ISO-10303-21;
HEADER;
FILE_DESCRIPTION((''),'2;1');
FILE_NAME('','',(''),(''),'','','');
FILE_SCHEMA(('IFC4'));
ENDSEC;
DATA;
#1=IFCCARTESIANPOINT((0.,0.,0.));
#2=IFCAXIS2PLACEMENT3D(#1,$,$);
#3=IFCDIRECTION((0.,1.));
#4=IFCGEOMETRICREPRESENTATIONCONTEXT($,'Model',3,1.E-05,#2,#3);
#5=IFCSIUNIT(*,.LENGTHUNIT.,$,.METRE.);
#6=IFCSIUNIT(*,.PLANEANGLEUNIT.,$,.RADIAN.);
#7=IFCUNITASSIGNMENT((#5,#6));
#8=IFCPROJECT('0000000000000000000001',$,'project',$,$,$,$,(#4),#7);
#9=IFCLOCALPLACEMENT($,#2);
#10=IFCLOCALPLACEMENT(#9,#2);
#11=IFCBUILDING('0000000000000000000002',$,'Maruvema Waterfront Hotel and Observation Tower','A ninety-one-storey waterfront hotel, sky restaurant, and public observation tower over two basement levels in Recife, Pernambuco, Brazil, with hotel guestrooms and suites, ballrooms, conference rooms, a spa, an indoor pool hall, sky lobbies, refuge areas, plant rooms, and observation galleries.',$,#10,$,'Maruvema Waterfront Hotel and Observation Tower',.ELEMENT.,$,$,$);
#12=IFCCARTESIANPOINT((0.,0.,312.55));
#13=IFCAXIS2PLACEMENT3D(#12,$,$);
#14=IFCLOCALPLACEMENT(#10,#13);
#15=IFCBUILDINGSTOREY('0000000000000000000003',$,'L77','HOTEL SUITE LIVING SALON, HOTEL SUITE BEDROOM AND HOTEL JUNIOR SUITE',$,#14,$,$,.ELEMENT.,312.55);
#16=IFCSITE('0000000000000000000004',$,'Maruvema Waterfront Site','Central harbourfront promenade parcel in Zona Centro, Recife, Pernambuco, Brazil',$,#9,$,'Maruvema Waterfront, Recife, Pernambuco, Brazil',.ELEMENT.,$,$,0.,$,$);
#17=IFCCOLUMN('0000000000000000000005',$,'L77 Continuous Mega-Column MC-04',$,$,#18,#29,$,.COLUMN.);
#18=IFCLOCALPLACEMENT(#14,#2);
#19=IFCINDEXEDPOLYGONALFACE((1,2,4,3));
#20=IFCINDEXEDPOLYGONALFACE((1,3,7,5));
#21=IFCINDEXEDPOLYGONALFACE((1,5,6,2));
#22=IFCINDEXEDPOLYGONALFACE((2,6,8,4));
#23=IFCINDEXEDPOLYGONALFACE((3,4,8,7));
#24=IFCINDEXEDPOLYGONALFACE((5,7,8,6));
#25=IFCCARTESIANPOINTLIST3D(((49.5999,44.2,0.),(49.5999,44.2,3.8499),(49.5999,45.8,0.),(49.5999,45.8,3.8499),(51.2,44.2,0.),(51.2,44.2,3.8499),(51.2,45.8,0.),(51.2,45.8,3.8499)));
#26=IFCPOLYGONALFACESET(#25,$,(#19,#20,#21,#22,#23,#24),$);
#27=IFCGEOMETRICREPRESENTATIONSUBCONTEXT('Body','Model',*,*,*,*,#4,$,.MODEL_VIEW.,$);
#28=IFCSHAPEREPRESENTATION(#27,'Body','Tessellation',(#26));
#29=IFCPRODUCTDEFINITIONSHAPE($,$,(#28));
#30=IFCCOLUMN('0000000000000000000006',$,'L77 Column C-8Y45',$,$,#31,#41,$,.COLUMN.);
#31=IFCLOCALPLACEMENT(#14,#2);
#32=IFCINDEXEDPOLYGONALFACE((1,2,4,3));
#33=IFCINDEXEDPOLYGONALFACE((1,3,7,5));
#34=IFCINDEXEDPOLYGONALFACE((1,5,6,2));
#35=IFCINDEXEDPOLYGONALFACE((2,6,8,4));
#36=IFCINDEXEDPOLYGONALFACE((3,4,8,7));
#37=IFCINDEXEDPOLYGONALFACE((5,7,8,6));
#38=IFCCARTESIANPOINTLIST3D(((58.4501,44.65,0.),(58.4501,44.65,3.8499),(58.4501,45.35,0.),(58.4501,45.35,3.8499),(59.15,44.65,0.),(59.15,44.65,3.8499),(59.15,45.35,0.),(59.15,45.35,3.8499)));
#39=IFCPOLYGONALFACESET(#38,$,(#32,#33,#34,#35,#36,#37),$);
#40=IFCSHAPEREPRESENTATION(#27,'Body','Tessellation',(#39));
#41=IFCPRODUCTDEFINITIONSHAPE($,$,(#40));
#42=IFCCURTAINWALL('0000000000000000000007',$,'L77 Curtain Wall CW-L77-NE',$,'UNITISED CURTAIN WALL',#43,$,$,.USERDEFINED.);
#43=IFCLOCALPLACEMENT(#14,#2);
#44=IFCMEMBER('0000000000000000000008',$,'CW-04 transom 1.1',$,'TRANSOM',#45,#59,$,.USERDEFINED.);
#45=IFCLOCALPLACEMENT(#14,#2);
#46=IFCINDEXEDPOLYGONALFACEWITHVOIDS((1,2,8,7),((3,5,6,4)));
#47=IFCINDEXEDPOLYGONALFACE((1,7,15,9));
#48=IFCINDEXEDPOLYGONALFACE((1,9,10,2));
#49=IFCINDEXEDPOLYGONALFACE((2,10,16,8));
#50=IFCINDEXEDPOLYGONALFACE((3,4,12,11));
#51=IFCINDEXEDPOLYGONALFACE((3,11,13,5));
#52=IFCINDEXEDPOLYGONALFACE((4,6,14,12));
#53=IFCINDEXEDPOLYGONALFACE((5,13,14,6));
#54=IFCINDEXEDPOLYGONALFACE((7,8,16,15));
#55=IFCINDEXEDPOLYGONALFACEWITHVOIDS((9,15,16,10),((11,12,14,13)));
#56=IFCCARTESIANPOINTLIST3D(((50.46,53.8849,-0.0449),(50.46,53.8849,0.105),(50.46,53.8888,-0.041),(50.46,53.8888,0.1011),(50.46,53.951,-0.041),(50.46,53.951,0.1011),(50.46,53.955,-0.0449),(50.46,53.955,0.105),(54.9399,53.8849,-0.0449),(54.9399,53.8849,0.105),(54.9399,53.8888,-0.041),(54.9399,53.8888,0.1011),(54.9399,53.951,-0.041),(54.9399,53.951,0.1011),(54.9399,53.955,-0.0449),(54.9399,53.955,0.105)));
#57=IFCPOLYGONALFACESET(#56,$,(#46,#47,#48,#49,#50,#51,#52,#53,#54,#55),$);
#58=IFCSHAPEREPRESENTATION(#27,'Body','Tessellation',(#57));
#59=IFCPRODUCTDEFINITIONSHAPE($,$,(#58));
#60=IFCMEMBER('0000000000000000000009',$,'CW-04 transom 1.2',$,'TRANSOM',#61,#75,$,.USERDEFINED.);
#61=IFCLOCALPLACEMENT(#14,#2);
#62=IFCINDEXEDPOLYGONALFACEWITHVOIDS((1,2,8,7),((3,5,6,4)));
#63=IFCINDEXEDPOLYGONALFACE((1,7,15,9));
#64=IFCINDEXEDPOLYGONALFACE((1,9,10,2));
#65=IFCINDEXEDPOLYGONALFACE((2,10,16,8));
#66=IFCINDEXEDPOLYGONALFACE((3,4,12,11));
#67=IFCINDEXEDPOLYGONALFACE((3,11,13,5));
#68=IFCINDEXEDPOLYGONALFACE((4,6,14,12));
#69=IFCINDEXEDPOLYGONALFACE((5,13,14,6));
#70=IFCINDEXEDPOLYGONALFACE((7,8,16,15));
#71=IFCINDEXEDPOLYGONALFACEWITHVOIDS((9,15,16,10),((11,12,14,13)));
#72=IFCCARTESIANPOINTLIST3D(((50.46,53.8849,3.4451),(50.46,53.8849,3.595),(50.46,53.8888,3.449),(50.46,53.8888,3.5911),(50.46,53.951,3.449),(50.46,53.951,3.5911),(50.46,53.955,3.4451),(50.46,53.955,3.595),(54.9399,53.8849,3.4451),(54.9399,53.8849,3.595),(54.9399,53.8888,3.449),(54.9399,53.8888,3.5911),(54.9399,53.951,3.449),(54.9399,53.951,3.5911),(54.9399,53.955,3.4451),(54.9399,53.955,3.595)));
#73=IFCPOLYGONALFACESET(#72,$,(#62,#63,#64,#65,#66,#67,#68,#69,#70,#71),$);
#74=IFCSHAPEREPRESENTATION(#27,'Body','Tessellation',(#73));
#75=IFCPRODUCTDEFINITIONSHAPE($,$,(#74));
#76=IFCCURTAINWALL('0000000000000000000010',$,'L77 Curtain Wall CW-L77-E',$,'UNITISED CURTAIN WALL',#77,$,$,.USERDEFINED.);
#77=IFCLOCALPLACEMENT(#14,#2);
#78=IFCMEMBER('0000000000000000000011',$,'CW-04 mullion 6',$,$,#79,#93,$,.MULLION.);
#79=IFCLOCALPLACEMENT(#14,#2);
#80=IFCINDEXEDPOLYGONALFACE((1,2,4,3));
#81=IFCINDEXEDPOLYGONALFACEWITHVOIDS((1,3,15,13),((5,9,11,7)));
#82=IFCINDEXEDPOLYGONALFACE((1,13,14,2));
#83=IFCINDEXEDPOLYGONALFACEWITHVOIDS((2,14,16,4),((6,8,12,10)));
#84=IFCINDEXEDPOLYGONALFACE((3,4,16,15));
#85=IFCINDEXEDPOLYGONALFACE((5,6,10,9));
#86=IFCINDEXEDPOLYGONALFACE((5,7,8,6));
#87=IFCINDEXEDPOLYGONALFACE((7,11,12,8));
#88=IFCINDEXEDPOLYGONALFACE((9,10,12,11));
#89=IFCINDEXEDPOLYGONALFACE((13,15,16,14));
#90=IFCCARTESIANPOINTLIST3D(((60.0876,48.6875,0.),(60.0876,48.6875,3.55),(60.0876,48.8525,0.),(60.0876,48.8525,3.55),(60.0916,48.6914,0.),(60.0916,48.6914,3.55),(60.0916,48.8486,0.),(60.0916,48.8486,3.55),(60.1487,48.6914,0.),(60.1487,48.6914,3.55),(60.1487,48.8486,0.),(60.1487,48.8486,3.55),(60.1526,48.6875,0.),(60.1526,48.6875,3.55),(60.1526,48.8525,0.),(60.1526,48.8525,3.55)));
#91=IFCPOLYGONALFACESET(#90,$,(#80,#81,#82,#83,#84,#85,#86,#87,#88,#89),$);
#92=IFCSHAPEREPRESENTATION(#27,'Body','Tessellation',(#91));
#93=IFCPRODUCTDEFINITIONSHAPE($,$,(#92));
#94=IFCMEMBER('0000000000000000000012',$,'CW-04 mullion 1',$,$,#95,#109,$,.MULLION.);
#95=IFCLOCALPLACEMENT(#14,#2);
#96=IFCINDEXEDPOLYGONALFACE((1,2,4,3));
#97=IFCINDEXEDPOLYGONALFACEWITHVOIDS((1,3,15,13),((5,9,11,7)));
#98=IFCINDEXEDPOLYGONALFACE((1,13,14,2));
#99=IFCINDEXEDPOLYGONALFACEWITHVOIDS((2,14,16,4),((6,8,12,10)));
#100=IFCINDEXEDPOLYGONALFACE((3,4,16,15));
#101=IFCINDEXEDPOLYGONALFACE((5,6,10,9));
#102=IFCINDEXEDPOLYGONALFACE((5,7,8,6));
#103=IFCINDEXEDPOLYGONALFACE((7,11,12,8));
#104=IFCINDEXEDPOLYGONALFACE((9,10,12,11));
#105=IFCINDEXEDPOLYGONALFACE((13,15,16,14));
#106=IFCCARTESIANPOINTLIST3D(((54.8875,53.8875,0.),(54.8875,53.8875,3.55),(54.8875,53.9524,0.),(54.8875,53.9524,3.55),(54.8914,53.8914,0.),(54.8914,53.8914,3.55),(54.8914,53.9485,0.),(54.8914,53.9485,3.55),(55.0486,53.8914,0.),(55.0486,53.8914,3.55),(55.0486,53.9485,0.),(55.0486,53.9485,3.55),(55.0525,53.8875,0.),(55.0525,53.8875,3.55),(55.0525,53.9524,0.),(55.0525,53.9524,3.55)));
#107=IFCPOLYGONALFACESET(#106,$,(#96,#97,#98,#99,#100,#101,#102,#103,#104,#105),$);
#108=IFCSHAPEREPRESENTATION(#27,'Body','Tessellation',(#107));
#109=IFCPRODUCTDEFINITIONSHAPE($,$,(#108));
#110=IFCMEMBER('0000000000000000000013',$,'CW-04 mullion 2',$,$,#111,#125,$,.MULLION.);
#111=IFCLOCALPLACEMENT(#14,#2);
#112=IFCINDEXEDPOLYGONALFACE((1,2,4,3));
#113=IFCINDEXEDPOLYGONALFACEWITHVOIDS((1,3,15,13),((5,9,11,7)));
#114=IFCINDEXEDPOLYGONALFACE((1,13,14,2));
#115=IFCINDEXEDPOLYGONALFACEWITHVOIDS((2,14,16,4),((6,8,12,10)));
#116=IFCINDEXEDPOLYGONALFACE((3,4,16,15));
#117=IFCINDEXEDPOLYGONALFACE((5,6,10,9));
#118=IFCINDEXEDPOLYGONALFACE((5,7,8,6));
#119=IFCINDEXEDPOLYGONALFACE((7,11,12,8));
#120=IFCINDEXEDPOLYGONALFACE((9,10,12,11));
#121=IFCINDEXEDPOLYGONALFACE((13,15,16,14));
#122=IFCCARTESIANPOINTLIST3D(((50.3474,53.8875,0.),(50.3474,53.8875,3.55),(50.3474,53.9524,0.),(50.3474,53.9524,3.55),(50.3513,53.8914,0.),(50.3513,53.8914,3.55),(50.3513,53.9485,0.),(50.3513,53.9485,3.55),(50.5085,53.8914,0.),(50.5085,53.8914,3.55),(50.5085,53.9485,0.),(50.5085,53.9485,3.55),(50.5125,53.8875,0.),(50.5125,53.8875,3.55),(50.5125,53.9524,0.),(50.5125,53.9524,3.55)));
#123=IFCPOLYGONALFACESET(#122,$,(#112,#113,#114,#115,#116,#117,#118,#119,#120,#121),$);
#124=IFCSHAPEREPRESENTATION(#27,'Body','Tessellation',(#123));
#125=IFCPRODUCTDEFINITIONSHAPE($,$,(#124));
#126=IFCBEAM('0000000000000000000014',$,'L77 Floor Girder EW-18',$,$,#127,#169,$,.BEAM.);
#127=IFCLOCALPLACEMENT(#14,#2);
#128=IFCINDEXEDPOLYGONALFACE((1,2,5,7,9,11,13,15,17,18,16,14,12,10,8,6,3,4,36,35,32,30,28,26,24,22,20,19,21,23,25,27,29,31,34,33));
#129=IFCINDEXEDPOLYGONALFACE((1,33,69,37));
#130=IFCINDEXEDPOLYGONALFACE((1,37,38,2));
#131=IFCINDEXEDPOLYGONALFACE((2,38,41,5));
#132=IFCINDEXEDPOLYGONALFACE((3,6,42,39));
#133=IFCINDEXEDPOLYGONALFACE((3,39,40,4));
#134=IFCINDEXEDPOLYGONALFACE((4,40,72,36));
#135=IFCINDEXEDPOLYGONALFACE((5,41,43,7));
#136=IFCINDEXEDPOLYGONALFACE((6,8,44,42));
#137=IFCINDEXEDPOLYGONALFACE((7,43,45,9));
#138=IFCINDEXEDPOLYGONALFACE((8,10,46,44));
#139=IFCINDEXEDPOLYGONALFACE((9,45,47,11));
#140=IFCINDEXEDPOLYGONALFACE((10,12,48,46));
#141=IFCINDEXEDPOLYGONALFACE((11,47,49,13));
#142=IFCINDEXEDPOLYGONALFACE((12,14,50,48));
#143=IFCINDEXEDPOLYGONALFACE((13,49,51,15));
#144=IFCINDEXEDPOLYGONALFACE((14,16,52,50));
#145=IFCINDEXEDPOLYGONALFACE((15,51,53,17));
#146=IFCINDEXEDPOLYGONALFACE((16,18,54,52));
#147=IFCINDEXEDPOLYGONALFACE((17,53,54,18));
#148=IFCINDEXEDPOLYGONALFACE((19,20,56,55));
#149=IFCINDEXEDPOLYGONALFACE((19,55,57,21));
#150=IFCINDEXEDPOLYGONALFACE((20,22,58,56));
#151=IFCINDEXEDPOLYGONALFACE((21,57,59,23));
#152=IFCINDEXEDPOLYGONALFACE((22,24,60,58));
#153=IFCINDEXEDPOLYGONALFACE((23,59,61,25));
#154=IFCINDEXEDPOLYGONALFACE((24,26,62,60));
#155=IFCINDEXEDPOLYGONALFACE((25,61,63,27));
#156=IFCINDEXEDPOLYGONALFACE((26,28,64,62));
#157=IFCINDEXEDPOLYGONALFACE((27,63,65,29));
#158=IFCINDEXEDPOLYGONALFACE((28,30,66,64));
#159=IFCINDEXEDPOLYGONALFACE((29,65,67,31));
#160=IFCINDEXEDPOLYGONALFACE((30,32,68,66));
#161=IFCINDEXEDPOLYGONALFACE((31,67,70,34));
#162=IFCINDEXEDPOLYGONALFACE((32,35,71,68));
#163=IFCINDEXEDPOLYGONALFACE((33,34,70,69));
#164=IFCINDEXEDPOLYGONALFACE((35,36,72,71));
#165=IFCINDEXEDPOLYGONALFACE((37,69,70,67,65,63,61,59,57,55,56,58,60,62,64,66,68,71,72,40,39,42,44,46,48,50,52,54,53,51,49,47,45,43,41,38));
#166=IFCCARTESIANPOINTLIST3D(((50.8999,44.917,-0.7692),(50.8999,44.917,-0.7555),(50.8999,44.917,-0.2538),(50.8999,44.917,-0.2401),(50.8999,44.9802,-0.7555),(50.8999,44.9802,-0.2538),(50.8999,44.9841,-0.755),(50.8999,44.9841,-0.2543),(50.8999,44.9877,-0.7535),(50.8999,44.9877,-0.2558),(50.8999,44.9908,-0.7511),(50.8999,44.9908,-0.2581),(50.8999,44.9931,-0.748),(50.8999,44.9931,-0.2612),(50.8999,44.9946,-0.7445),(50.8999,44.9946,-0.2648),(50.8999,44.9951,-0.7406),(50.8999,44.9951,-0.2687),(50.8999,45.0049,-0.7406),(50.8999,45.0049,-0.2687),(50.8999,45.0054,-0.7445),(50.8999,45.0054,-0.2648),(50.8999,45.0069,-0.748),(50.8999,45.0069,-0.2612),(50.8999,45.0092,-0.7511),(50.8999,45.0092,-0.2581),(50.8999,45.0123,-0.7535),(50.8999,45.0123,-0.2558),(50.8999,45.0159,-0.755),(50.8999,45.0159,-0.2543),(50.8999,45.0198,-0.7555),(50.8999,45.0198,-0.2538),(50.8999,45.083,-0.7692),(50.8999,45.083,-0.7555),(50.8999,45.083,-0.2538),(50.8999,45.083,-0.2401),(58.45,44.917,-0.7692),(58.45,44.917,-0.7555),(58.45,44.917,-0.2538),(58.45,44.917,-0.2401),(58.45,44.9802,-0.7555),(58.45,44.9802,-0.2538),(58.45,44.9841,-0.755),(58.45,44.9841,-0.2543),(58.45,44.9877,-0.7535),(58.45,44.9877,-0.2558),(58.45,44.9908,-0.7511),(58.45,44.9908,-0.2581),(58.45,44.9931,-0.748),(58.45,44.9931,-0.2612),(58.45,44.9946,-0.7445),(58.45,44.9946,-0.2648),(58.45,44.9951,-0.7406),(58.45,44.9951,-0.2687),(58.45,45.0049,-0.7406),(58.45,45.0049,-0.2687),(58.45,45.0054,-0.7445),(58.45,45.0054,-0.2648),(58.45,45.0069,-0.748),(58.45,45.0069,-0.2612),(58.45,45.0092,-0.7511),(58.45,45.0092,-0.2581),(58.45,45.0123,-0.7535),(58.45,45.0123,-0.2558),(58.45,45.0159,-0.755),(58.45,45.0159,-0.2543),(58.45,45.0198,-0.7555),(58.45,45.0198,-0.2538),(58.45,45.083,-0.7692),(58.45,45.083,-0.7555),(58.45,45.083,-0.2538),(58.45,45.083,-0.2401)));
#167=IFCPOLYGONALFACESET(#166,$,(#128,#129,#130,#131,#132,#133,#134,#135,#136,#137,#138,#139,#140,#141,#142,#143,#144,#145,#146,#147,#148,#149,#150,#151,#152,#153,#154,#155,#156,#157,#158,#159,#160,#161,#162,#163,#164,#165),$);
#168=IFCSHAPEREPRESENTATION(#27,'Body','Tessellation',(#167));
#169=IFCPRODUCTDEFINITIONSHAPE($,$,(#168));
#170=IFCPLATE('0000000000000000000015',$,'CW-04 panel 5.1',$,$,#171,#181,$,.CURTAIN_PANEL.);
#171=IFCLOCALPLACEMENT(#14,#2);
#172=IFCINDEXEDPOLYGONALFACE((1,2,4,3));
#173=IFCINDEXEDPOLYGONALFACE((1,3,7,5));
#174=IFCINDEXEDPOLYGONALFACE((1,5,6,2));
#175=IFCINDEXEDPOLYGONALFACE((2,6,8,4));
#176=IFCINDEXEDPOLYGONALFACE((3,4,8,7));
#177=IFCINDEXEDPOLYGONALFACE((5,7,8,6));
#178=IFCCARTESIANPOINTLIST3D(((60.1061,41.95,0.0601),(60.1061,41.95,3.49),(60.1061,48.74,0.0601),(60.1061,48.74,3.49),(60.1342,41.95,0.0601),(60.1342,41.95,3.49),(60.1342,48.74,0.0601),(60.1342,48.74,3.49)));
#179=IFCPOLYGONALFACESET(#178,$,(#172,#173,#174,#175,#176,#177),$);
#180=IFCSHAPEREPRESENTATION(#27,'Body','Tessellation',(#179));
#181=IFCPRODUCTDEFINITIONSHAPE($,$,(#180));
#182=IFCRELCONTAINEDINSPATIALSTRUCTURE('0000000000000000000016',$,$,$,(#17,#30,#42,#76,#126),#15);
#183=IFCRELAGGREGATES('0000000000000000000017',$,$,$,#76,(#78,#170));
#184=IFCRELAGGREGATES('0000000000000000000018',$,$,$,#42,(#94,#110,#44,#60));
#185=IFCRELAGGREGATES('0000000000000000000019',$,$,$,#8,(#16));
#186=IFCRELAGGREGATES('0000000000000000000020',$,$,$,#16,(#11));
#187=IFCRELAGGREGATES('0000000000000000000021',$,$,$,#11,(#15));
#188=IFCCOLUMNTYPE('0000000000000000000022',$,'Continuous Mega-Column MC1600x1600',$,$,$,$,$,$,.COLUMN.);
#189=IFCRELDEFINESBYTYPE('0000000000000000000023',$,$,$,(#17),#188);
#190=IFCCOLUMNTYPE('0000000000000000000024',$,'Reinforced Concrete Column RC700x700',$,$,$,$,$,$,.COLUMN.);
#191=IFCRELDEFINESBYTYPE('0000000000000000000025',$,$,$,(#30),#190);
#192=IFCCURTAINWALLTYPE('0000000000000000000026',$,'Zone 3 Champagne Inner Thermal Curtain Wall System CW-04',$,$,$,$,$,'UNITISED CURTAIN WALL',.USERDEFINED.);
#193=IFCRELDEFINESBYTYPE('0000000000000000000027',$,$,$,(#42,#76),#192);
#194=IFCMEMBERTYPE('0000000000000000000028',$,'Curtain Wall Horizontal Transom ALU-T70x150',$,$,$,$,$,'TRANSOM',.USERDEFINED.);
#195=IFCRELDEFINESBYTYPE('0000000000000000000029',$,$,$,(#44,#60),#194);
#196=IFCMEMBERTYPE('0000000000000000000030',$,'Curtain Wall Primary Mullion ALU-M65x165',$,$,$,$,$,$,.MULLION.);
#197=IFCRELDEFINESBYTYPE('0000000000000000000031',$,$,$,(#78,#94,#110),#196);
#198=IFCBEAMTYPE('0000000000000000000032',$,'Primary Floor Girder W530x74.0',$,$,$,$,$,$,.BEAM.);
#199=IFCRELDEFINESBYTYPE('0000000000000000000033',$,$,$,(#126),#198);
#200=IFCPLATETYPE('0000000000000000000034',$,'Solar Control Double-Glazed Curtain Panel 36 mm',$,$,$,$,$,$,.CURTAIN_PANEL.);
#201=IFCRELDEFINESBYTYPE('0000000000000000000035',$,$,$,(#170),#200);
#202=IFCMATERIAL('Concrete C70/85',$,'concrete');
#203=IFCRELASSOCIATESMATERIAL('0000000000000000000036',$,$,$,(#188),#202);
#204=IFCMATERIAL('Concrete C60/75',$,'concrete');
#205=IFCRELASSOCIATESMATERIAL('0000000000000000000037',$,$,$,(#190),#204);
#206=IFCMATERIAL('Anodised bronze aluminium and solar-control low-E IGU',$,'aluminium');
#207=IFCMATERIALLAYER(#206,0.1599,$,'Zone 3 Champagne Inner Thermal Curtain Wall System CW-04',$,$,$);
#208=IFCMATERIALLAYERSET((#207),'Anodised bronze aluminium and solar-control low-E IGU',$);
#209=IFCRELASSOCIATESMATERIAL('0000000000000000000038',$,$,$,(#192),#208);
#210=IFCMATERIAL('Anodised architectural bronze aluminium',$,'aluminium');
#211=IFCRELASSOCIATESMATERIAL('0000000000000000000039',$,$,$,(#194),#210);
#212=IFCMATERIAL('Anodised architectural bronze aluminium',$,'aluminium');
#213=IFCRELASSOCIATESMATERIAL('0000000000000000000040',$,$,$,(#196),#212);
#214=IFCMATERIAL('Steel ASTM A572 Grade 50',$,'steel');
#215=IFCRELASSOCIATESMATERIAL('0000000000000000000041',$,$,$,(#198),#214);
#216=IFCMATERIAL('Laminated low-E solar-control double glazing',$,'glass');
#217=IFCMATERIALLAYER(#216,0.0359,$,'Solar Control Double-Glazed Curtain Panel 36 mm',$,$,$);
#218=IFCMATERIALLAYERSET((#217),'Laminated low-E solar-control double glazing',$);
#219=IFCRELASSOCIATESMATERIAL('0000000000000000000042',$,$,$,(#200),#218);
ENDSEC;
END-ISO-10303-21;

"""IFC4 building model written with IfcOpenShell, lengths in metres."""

from ifc_helpers import new_model, si_unit, direction, frame, origin, origin_2d, place, context, subcontext, project, spatial, rectangle, hollow_rectangle, i_section, extrude, material, layer, layer_set, material_profile, profile_set, type_object, element, aggregate, save


model = new_model("IFC4")

# Units and contexts
model_context = context("Model", 3, precision=1e-05, world=origin(), true_north=direction((0.0, 1.0)))
body_context = subcontext(model_context, "Body", "Model", "MODEL_VIEW")
ifc_project = project(units=[si_unit("LENGTHUNIT", "METRE"), si_unit("PLANEANGLEUNIT", "RADIAN")], contexts=[model_context])

# Site, building, storey
site_placement = place(None, origin())
site = spatial("IfcSite", under=ifc_project, at=site_placement, Name="Maruvema Waterfront Site", Description="Central harbourfront promenade parcel in Zona Centro, Recife, Pernambuco, Brazil", LongName="Maruvema Waterfront, Recife, Pernambuco, Brazil", CompositionType="ELEMENT", RefElevation=0.0)
building_placement = place(site_placement, origin())
building = spatial("IfcBuilding", under=site, at=building_placement, Name="Maruvema Waterfront Hotel and Observation Tower", Description="A ninety-one-storey waterfront hotel, sky restaurant, and public observation tower over two basement levels in Recife, Pernambuco, Brazil, with hotel guestrooms and suites, ballrooms, conference rooms, a spa, an indoor pool hall, sky lobbies, refuge areas, plant rooms, and observation galleries.", LongName="Maruvema Waterfront Hotel and Observation Tower", CompositionType="ELEMENT")
storey_placement = place(building_placement, frame((0.0, 0.0, 312.55)))
storey = spatial("IfcBuildingStorey", under=building, at=storey_placement, Name="L77", Description="HOTEL SUITE LIVING SALON, HOTEL SUITE BEDROOM AND HOTEL JUNIOR SUITE", CompositionType="ELEMENT", Elevation=312.55)

# Columns
ifc_material_1 = material(Name="Concrete C70/85", Category="concrete")
ifc_material_profile_1 = material_profile(ifc_material_1, rectangle(XDim=1.6001, YDim=1.6001, at=origin_2d()), Name="MC1600x1600")
ifc_profile_set_1 = profile_set([ifc_material_profile_1], Name="Concrete C70/85")
column_type_1 = type_object("IfcColumnType", Name="Continuous Mega-Column MC1600x1600", PredefinedType="COLUMN", material=ifc_profile_set_1)
column_1_placement = place(storey_placement, frame((50.3999, 45.0, 0.0), z_axis=(0.0, 0.0, 1.0), x_axis=(1.0, 0.0, 0.0)))
element("IfcColumn", 1, at=column_1_placement, inside=storey, type_object=column_type_1, Name="L77 Continuous Mega-Column MC-04", PredefinedType="COLUMN", context=body_context, shape_type="SweptSolid", body=[
    extrude(rectangle(XDim=1.6001, YDim=1.6001, at=origin_2d()), origin(), (0.0, 0.0, 1.0), 3.8499),
])
ifc_material_2 = material(Name="Concrete C60/75", Category="concrete")
ifc_material_profile_2 = material_profile(ifc_material_2, rectangle(XDim=0.7, YDim=0.7, at=origin_2d()), Name="RC700x700")
ifc_profile_set_2 = profile_set([ifc_material_profile_2], Name="Concrete C60/75")
column_type_2 = type_object("IfcColumnType", Name="Reinforced Concrete Column RC700x700", PredefinedType="COLUMN", material=ifc_profile_set_2)
column_2_placement = place(storey_placement, frame((58.8, 45.0, 0.0), z_axis=(0.0, 0.0, 1.0), x_axis=(1.0, 0.0, 0.0)))
element("IfcColumn", 2, at=column_2_placement, inside=storey, type_object=column_type_2, Name="L77 Column C-8Y45", PredefinedType="COLUMN", context=body_context, shape_type="SweptSolid", body=[
    extrude(rectangle(XDim=0.7, YDim=0.7, at=origin_2d()), origin(), (0.0, 0.0, 1.0), 3.8499),
])

# Curtain wall, members
ifc_material_3 = material(Name="Anodised bronze aluminium and solar-control low-E IGU", Category="aluminium")
ifc_layer_1 = layer(ifc_material_3, 0.1599, Name="Zone 3 Champagne Inner Thermal Curtain Wall System CW-04")
ifc_layer_set_1 = layer_set([ifc_layer_1], Name="Anodised bronze aluminium and solar-control low-E IGU")
curtain_wall_type = type_object("IfcCurtainWallType", Name="Zone 3 Champagne Inner Thermal Curtain Wall System CW-04", ElementType="UNITISED CURTAIN WALL", PredefinedType="USERDEFINED", material=ifc_layer_set_1)
curtain_wall_1_placement = place(storey_placement, origin())
curtain_wall_1 = element("IfcCurtainWall", 3, at=curtain_wall_1_placement, inside=storey, type_object=curtain_wall_type, Name="L77 Curtain Wall CW-L77-NE", ObjectType="UNITISED CURTAIN WALL", PredefinedType="USERDEFINED")
ifc_material_4 = material(Name="Anodised architectural bronze aluminium", Category="aluminium")
ifc_material_profile_3 = material_profile(ifc_material_4, hollow_rectangle(XDim=0.0701, YDim=0.1499, WallThickness=0.0039, at=origin_2d()), Name="ALU-T70x150")
ifc_profile_set_3 = profile_set([ifc_material_profile_3], Name="Anodised architectural bronze aluminium")
member_type_1 = type_object("IfcMemberType", Name="Curtain Wall Horizontal Transom ALU-T70x150", ElementType="TRANSOM", PredefinedType="USERDEFINED", material=ifc_profile_set_3)
member_1_placement = place(storey_placement, frame((54.9399, 53.9199, 0.03), z_axis=(-1.0, 0.0, 0.0), x_axis=(0.0, -1.0, 0.0)))
member_1 = element("IfcMember", 4, at=member_1_placement, type_object=member_type_1, Name="CW-04 transom 1.1", ObjectType="TRANSOM", PredefinedType="USERDEFINED", context=body_context, shape_type="SweptSolid", body=[
    extrude(hollow_rectangle(XDim=0.0701, YDim=0.1499, WallThickness=0.0039, at=origin_2d()), origin(), (0.0, 0.0, 1.0), 4.48),
])
member_2_placement = place(storey_placement, frame((54.9399, 53.9199, 3.52), z_axis=(-1.0, 0.0, 0.0), x_axis=(0.0, -1.0, 0.0)))
member_2 = element("IfcMember", 5, at=member_2_placement, type_object=member_type_1, Name="CW-04 transom 1.2", ObjectType="TRANSOM", PredefinedType="USERDEFINED", context=body_context, shape_type="SweptSolid", body=[
    extrude(hollow_rectangle(XDim=0.0701, YDim=0.1499, WallThickness=0.0039, at=origin_2d()), origin(), (0.0, 0.0, 1.0), 4.48),
])

# Curtain wall, member
curtain_wall_2_placement = place(storey_placement, origin())
curtain_wall_2 = element("IfcCurtainWall", 6, at=curtain_wall_2_placement, inside=storey, type_object=curtain_wall_type, Name="L77 Curtain Wall CW-L77-E", ObjectType="UNITISED CURTAIN WALL", PredefinedType="USERDEFINED")
ifc_material_5 = material(Name="Anodised architectural bronze aluminium", Category="aluminium")
ifc_material_profile_4 = material_profile(ifc_material_5, hollow_rectangle(XDim=0.0649, YDim=0.165, WallThickness=0.0039, at=origin_2d()), Name="ALU-M65x165")
ifc_profile_set_4 = profile_set([ifc_material_profile_4], Name="Anodised architectural bronze aluminium")
member_type_2 = type_object("IfcMemberType", Name="Curtain Wall Primary Mullion ALU-M65x165", PredefinedType="MULLION", material=ifc_profile_set_4)
member_3_placement = place(storey_placement, frame((60.1201, 48.77, 0.0), z_axis=(0.0, 0.0, 1.0), x_axis=(-1.0, 0.0, 0.0)))
member_3 = element("IfcMember", 7, at=member_3_placement, type_object=member_type_2, Name="CW-04 mullion 6", PredefinedType="MULLION", context=body_context, shape_type="SweptSolid", body=[
    extrude(hollow_rectangle(XDim=0.0649, YDim=0.165, WallThickness=0.0039, at=origin_2d()), origin(), (0.0, 0.0, 1.0), 3.55),
])

# Members
member_4_placement = place(storey_placement, frame((54.97, 53.9199, 0.0), z_axis=(0.0, 0.0, 1.0), x_axis=(0.0, -1.0, 0.0)))
member_4 = element("IfcMember", 8, at=member_4_placement, type_object=member_type_2, Name="CW-04 mullion 1", PredefinedType="MULLION", context=body_context, shape_type="SweptSolid", body=[
    extrude(hollow_rectangle(XDim=0.0649, YDim=0.165, WallThickness=0.0039, at=origin_2d()), origin(), (0.0, 0.0, 1.0), 3.55),
])
member_5_placement = place(storey_placement, frame((50.4299, 53.9199, 0.0), z_axis=(0.0, 0.0, 1.0), x_axis=(0.0, -1.0, 0.0)))
member_5 = element("IfcMember", 9, at=member_5_placement, type_object=member_type_2, Name="CW-04 mullion 2", PredefinedType="MULLION", context=body_context, shape_type="SweptSolid", body=[
    extrude(hollow_rectangle(XDim=0.0649, YDim=0.165, WallThickness=0.0039, at=origin_2d()), origin(), (0.0, 0.0, 1.0), 3.55),
])

# Beam
ifc_material_6 = material(Name="Steel ASTM A572 Grade 50", Category="steel")
ifc_material_profile_5 = material_profile(ifc_material_6, i_section(OverallWidth=0.166, OverallDepth=0.5291, WebThickness=0.0098, FlangeThickness=0.0137, FilletRadius=0.0149, at=origin_2d()), Name="W530x74.0")
ifc_profile_set_5 = profile_set([ifc_material_profile_5], Name="Steel ASTM A572 Grade 50")
beam_type = type_object("IfcBeamType", Name="Primary Floor Girder W530x74.0", PredefinedType="BEAM", material=ifc_profile_set_5)
beam_placement = place(storey_placement, frame((50.8999, 45.0, -0.5046), z_axis=(1.0, 0.0, 0.0), x_axis=(0.0, 1.0, 0.0)))
element("IfcBeam", 10, at=beam_placement, inside=storey, type_object=beam_type, Name="L77 Floor Girder EW-18", PredefinedType="BEAM", context=body_context, shape_type="SweptSolid", body=[
    extrude(i_section(OverallWidth=0.166, OverallDepth=0.5291, WebThickness=0.0098, FlangeThickness=0.0137, FilletRadius=0.0149, at=origin_2d()), origin(), (0.0, 0.0, 1.0), 7.55),
])

# Plate
ifc_material_7 = material(Name="Laminated low-E solar-control double glazing", Category="glass")
ifc_layer_2 = layer(ifc_material_7, 0.0359, Name="Solar Control Double-Glazed Curtain Panel 36 mm")
ifc_layer_set_2 = layer_set([ifc_layer_2], Name="Laminated low-E solar-control double glazing")
plate_type = type_object("IfcPlateType", Name="Solar Control Double-Glazed Curtain Panel 36 mm", PredefinedType="CURTAIN_PANEL", material=ifc_layer_set_2)
plate_1_placement = place(storey_placement, frame((60.1201, 45.345, 0.0601), z_axis=(0.0, 0.0, 1.0), x_axis=(0.0, 1.0, 0.0)))
plate_1 = element("IfcPlate", 11, at=plate_1_placement, type_object=plate_type, Name="CW-04 panel 5.1", PredefinedType="CURTAIN_PANEL", context=body_context, shape_type="SweptSolid", body=[
    extrude(rectangle(XDim=6.79, YDim=0.0281, at=origin_2d()), origin(), (0.0, 0.0, 1.0), 3.4299),
])
aggregate(curtain_wall_2, [member_3, plate_1])
aggregate(curtain_wall_1, [member_4, member_5, member_1, member_2])

save(model, "model.ifc")
